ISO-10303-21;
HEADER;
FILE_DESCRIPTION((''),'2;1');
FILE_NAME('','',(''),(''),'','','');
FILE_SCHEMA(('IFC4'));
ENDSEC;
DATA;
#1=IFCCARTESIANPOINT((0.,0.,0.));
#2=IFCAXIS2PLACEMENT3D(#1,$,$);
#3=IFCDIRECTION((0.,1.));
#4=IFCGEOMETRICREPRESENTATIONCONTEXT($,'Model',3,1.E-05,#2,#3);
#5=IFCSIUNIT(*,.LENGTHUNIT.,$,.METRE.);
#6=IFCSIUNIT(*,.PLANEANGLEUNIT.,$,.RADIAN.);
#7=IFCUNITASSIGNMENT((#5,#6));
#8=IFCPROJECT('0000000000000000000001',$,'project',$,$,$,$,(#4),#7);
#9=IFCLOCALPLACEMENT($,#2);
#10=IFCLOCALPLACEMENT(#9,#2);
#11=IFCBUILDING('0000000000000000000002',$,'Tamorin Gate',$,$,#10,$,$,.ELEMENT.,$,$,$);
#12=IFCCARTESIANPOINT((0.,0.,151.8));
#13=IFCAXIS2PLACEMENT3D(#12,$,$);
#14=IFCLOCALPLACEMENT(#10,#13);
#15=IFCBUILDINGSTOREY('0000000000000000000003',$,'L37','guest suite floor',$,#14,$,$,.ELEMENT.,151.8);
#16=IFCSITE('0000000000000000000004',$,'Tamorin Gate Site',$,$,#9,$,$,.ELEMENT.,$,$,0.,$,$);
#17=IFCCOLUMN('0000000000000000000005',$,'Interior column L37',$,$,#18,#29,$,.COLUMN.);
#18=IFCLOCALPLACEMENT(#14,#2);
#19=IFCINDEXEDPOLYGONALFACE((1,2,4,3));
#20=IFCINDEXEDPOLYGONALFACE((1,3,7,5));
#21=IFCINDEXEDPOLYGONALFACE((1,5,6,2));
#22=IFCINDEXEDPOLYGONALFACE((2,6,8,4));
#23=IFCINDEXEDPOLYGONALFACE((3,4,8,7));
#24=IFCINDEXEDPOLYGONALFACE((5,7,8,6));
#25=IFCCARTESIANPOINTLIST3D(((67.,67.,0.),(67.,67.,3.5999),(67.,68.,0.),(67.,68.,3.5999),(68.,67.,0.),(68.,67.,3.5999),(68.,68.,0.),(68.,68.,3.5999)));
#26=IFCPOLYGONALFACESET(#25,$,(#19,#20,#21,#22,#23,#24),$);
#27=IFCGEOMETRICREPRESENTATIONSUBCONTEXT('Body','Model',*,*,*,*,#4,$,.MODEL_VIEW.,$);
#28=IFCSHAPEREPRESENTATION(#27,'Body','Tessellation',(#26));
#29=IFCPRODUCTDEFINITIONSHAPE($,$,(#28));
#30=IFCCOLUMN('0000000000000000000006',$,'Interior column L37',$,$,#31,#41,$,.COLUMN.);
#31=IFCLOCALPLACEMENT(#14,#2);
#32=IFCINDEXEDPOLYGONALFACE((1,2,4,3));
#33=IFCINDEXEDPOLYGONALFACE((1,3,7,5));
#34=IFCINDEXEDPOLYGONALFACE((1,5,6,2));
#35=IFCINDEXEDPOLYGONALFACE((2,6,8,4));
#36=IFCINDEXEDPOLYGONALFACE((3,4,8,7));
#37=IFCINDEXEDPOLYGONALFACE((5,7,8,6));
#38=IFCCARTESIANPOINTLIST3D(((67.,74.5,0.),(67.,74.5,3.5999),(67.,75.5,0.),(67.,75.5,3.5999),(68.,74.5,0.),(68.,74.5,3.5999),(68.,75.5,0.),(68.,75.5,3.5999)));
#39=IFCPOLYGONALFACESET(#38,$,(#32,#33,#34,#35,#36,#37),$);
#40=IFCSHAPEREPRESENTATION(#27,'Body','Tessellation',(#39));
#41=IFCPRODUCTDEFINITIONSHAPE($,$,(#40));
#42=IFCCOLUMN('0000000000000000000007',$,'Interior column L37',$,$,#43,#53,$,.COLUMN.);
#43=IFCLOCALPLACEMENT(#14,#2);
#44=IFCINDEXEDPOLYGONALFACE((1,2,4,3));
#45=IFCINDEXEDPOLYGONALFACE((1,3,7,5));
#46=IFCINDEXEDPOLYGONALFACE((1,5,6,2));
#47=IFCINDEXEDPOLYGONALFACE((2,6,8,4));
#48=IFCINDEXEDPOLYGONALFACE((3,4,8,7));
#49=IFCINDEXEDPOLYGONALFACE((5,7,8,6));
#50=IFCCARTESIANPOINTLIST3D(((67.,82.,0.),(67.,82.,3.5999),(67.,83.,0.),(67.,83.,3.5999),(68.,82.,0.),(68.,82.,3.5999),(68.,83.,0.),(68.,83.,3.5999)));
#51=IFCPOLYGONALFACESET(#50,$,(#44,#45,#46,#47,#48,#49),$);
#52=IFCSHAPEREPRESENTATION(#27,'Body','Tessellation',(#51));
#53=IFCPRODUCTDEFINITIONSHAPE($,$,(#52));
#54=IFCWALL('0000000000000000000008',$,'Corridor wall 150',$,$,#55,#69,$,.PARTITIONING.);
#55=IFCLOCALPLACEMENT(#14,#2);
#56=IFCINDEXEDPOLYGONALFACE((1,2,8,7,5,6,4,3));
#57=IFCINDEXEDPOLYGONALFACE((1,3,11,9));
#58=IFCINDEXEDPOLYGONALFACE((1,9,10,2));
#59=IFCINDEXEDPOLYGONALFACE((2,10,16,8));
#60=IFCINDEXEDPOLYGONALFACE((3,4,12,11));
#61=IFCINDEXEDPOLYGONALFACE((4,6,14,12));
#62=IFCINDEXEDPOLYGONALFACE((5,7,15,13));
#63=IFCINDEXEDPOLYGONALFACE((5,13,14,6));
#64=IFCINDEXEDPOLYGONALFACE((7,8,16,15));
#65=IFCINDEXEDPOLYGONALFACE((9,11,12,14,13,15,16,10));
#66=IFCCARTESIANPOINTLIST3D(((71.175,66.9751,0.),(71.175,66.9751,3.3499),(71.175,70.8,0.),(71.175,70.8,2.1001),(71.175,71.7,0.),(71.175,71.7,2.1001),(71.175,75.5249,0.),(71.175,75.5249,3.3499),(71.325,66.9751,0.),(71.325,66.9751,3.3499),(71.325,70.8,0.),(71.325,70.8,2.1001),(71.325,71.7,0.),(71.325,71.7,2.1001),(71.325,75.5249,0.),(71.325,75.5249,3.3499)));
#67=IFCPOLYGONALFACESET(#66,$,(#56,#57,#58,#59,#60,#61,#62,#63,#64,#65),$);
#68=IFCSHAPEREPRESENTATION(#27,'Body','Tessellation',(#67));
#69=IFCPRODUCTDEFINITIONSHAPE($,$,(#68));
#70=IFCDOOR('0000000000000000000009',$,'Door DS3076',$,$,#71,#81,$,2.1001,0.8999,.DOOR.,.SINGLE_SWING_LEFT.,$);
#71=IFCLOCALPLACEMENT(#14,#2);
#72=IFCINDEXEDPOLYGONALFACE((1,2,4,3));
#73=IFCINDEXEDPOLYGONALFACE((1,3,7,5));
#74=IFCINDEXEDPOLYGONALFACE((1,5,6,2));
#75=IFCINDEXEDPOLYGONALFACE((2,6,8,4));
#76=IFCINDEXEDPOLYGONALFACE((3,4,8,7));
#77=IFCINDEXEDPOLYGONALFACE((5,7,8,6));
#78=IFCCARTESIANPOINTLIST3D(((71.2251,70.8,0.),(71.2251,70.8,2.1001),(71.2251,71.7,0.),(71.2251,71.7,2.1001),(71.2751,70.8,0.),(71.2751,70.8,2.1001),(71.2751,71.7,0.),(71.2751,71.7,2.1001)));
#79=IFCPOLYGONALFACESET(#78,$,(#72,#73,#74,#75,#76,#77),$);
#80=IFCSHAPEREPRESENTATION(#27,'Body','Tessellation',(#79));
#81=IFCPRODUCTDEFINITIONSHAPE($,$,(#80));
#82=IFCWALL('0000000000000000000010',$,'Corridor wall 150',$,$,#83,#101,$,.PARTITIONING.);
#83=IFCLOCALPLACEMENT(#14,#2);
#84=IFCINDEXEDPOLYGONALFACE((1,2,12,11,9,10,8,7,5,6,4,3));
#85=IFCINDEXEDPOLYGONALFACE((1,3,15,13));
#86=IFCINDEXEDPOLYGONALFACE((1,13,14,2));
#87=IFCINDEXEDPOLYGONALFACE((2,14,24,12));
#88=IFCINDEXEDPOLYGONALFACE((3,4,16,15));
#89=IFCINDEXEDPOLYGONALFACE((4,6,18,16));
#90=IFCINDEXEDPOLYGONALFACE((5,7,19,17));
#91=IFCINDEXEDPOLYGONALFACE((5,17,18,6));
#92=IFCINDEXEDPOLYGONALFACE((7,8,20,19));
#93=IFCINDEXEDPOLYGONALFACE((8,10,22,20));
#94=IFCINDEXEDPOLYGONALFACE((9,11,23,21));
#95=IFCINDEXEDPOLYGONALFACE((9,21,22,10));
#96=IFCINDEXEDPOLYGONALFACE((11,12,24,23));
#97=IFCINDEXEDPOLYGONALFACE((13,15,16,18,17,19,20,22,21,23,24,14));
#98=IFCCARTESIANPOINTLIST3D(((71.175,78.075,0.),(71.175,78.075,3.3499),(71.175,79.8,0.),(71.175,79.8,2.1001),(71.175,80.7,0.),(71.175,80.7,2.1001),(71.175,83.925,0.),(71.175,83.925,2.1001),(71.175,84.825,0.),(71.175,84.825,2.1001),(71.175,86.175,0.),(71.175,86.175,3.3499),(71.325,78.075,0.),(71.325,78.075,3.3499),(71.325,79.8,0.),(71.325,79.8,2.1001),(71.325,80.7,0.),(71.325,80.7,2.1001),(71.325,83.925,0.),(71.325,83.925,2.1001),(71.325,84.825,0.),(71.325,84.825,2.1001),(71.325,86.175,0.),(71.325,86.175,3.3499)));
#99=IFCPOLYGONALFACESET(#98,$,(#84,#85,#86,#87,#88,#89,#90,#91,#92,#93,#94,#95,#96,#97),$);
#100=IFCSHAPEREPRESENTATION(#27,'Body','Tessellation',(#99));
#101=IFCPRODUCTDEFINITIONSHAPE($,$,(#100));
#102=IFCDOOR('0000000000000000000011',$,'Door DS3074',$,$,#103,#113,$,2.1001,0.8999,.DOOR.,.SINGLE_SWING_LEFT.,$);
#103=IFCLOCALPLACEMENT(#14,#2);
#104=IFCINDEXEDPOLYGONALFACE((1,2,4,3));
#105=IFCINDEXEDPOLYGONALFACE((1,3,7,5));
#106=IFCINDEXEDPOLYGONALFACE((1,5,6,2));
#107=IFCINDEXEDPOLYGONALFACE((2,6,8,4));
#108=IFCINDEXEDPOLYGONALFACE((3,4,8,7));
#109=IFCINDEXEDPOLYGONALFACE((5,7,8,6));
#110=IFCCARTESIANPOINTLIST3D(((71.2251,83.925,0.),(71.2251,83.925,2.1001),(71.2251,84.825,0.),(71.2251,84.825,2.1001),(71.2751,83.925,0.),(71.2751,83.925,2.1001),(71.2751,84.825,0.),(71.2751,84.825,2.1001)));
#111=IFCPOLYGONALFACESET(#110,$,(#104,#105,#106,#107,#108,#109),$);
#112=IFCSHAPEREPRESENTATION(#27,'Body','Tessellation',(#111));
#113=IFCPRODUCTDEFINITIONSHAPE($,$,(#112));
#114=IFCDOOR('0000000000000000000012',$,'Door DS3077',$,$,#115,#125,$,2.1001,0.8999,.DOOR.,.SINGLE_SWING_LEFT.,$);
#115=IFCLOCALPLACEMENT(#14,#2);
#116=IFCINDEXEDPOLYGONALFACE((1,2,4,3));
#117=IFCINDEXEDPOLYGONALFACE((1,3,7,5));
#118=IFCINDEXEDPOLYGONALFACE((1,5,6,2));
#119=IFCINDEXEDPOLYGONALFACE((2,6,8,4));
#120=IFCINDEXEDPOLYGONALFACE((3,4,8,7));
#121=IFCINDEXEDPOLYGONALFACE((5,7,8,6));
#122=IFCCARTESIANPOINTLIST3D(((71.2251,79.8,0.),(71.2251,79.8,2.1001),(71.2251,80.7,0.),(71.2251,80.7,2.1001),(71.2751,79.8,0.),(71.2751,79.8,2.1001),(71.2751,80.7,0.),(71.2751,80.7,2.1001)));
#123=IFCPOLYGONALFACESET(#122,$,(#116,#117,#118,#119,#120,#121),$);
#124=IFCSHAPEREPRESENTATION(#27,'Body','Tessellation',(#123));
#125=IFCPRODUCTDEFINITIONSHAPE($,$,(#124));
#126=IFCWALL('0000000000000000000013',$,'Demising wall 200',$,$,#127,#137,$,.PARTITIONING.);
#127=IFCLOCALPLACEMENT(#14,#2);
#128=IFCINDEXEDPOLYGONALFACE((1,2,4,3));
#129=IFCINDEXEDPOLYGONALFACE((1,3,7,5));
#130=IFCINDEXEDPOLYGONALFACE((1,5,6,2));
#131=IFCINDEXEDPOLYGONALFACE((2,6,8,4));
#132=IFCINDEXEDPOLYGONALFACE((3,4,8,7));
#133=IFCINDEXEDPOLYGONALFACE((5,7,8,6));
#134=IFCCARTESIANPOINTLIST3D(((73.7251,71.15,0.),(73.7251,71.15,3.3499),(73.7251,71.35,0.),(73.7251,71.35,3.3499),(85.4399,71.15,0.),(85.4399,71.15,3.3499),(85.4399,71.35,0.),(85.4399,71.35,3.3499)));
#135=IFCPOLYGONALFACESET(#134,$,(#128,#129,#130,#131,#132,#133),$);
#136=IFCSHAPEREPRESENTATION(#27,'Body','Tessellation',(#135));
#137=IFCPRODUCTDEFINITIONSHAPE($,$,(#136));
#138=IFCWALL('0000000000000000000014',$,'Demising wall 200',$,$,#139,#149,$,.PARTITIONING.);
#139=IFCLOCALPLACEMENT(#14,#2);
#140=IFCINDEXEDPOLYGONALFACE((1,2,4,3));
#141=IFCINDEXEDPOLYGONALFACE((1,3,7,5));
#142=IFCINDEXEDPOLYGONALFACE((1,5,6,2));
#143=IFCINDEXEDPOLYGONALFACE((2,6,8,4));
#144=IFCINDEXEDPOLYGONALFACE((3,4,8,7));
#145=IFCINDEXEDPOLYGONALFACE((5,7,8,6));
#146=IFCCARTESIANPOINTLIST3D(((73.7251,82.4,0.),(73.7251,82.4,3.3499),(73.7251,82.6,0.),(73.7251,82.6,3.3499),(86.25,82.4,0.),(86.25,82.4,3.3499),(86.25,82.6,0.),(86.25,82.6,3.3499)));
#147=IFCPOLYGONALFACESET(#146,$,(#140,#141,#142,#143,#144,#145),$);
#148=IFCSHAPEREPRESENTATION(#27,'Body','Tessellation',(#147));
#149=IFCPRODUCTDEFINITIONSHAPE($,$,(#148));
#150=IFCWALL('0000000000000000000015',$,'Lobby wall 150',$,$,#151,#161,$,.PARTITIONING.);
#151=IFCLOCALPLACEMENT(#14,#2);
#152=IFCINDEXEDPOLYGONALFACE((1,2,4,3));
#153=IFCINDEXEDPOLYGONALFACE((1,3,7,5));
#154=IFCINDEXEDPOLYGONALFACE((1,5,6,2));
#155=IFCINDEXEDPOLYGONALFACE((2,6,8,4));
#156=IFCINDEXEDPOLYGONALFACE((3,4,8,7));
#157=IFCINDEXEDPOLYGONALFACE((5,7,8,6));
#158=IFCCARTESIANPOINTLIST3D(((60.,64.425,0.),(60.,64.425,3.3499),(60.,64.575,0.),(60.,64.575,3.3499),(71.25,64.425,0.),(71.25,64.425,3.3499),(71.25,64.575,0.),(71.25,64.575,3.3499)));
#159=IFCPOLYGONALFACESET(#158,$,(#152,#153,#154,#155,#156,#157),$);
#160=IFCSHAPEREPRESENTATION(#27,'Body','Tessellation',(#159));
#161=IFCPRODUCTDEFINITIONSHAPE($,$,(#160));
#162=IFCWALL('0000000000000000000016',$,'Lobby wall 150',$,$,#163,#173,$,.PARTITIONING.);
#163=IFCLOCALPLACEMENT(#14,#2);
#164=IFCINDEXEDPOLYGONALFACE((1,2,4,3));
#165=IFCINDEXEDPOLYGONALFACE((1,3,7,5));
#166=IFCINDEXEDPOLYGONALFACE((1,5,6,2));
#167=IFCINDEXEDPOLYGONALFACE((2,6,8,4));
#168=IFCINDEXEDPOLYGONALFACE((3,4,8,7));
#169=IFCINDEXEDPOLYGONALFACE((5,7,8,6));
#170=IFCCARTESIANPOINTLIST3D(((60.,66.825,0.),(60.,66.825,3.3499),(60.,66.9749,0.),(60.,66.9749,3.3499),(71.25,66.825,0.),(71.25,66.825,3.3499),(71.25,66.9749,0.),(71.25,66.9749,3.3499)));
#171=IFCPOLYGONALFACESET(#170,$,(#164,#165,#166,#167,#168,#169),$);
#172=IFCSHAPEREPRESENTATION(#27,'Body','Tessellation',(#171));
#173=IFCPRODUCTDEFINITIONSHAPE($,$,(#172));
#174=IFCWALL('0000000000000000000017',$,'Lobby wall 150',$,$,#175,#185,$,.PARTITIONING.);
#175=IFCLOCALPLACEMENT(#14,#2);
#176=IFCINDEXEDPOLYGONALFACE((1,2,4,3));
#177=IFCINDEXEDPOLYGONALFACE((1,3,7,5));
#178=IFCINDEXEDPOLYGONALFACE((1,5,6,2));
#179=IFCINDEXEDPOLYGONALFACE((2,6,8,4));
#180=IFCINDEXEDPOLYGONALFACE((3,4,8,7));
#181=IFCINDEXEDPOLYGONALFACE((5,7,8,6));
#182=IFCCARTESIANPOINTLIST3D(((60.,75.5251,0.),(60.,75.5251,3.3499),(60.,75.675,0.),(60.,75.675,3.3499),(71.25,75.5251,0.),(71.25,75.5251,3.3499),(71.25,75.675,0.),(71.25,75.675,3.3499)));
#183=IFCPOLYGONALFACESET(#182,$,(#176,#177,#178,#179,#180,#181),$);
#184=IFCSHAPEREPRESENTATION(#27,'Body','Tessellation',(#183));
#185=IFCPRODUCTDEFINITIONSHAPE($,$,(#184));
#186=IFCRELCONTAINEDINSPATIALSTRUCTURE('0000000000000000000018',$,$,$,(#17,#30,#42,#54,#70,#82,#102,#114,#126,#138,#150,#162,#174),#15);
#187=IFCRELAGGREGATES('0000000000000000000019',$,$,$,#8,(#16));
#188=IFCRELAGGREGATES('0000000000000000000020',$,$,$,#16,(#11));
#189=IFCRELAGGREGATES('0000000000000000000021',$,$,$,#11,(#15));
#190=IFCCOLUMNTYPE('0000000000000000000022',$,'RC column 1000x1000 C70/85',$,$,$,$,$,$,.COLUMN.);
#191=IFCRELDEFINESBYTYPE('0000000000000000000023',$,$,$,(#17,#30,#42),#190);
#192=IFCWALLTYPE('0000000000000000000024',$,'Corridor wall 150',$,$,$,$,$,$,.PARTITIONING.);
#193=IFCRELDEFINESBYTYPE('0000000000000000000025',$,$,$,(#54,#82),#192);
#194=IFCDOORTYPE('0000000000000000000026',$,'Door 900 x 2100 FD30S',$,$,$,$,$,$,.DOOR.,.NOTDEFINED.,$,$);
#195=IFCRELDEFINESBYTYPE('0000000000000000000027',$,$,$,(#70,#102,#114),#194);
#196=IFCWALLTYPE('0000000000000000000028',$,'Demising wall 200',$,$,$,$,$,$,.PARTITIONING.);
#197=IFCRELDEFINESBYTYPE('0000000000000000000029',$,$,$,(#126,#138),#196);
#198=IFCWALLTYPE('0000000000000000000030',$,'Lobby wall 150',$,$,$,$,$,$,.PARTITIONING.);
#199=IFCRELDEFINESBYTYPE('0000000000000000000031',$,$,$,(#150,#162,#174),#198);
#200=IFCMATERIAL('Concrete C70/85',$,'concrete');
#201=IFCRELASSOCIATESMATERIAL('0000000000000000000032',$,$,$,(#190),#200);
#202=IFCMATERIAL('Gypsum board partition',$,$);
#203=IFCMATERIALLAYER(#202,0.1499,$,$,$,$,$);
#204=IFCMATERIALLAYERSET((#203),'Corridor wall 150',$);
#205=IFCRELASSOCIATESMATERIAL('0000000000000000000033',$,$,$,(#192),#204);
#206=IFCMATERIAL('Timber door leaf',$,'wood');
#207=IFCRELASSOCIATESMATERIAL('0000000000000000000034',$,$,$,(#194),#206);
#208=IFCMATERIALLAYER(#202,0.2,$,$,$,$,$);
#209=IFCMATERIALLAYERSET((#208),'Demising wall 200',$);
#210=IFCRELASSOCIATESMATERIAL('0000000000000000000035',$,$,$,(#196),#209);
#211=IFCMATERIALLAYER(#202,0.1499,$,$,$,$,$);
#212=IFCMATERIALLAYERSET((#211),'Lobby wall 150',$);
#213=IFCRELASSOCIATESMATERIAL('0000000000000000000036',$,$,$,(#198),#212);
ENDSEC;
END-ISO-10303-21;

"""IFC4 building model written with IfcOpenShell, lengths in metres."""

from ifc_helpers import new_model, si_unit, direction, frame, frame_2d, origin, origin_2d, place, context, subcontext, project, spatial, rectangle, extrude, material, layer, layer_set, material_profile, profile_set, type_object, element, fill, save


model = new_model("IFC4")

# Units and contexts
model_context = context("Model", 3, precision=1e-05, world=origin(), true_north=direction((0.0, 1.0)))
body_context = subcontext(model_context, "Body", "Model", "MODEL_VIEW")
ifc_project = project(units=[si_unit("LENGTHUNIT", "METRE"), si_unit("PLANEANGLEUNIT", "RADIAN")], contexts=[model_context])

# Site, building, storey
site_placement = place(None, origin())
site = spatial("IfcSite", under=ifc_project, at=site_placement, Name="Tamorin Gate Site", CompositionType="ELEMENT", RefElevation=0.0)
building_placement = place(site_placement, origin())
building = spatial("IfcBuilding", under=site, at=building_placement, Name="Tamorin Gate", CompositionType="ELEMENT")
storey_placement = place(building_placement, frame((0.0, 0.0, 151.8)))
storey = spatial("IfcBuildingStorey", under=building, at=storey_placement, Name="L37", Description="guest suite floor", CompositionType="ELEMENT", Elevation=151.8)

# Columns
ifc_material_1 = material(Name="Concrete C70/85", Category="concrete")
ifc_material_profile = material_profile(ifc_material_1, rectangle(XDim=1.0, YDim=1.0, at=origin_2d()), Name="RC 1000x1000")
ifc_profile_set = profile_set([ifc_material_profile], Name="Concrete C70/85")
column_type = type_object("IfcColumnType", Name="RC column 1000x1000 C70/85", PredefinedType="COLUMN", material=ifc_profile_set)
for number, where, z_axis, x_axis, name in (
    (1, (67.5, 67.5, 0.0), (0.0, 0.0, 1.0), (1.0, 0.0, 0.0), "Interior column L37"),
    (2, (67.5, 75.0, 0.0), (0.0, 0.0, 1.0), (1.0, 0.0, 0.0), "Interior column L37"),
    (3, (67.5, 82.5, 0.0), (0.0, 0.0, 1.0), (1.0, 0.0, 0.0), "Interior column L37"),
):
    element("IfcColumn", number, at=place(storey_placement, frame(where, z_axis=z_axis, x_axis=x_axis)), inside=storey, type_object=column_type, Name=name, PredefinedType="COLUMN", context=body_context, shape_type="SweptSolid", body=[
        extrude(rectangle(XDim=1.0, YDim=1.0, at=origin_2d()), origin(), (0.0, 0.0, 1.0), 3.5999),
    ])

# Wall, opening, door
ifc_material_2 = material(Name="Gypsum board partition")
ifc_layer_1 = layer(ifc_material_2, 0.1499)
ifc_layer_set_1 = layer_set([ifc_layer_1], Name="Corridor wall 150")
wall_type_1 = type_object("IfcWallType", Name="Corridor wall 150", PredefinedType="PARTITIONING", material=ifc_layer_set_1)
wall_1_placement = place(storey_placement, frame((71.25, 66.9751, 0.0), z_axis=(0.0, 0.0, 1.0), x_axis=(0.0, 1.0, 0.0)))
wall_1 = element("IfcWall", 4, at=wall_1_placement, inside=storey, type_object=wall_type_1, Name="Corridor wall 150", PredefinedType="PARTITIONING", context=body_context, shape_type="SweptSolid", body=[
    extrude(rectangle(XDim=8.5498, YDim=0.1499, at=frame_2d((4.2749, 0.0))), origin(), (0.0, 0.0, 1.0), 3.3499),
])
opening_1_placement = place(wall_1_placement, frame((3.825, 0.0, 0.0)))
opening_1 = element("IfcOpeningElement", 5, at=opening_1_placement, cuts=wall_1, PredefinedType="OPENING", context=body_context, shape_type="SweptSolid", body=[
    extrude(rectangle(XDim=0.8999, YDim=2.1001, at=frame_2d((0.45, 1.05))), frame((0.0, 0.085, 0.0), z_axis=(0.0, -1.0, 0.0), x_axis=(1.0, 0.0, 0.0)), (0.0, 0.0, 1.0), 0.1699),
])
ifc_material_3 = material(Name="Timber door leaf", Category="wood")
door_type_1 = type_object("IfcDoorType", Name="Door 900 x 2100 FD30S", OperationType="NOTDEFINED", PredefinedType="DOOR", material=ifc_material_3)
door_1_placement = place(opening_1_placement, origin())
door_1 = element("IfcDoor", 6, at=door_1_placement, inside=storey, type_object=door_type_1, Name="Door DS3076", OperationType="SINGLE_SWING_LEFT", OverallHeight=2.1001, OverallWidth=0.8999, PredefinedType="DOOR", context=body_context, shape_type="SweptSolid", body=[
    extrude(rectangle(XDim=0.8999, YDim=2.1001, at=frame_2d((0.45, 1.05))), frame((0.0, 0.0249, 0.0), z_axis=(0.0, -1.0, 0.0), x_axis=(1.0, 0.0, 0.0)), (0.0, 0.0, 1.0), 0.05),
])
fill(opening_1, door_1)

# Wall, openings, doors
wall_2_placement = place(storey_placement, frame((71.25, 78.075, 0.0), z_axis=(0.0, 0.0, 1.0), x_axis=(0.0, 1.0, 0.0)))
wall_2 = element("IfcWall", 7, at=wall_2_placement, inside=storey, type_object=wall_type_1, Name="Corridor wall 150", PredefinedType="PARTITIONING", context=body_context, shape_type="SweptSolid", body=[
    extrude(rectangle(XDim=8.1001, YDim=0.1499, at=frame_2d((4.05, 0.0))), origin(), (0.0, 0.0, 1.0), 3.3499),
])
opening_2_placement = place(wall_2_placement, frame((5.8501, 0.0, 0.0)))
opening_2 = element("IfcOpeningElement", 8, at=opening_2_placement, cuts=wall_2, PredefinedType="OPENING", context=body_context, shape_type="SweptSolid", body=[
    extrude(rectangle(XDim=0.8999, YDim=2.1001, at=frame_2d((0.45, 1.05))), frame((0.0, 0.085, 0.0), z_axis=(0.0, -1.0, 0.0), x_axis=(1.0, 0.0, 0.0)), (0.0, 0.0, 1.0), 0.1699),
])
opening_3_placement = place(wall_2_placement, frame((1.7251, 0.0, 0.0)))
opening_3 = element("IfcOpeningElement", 9, at=opening_3_placement, cuts=wall_2, PredefinedType="OPENING", context=body_context, shape_type="SweptSolid", body=[
    extrude(rectangle(XDim=0.8999, YDim=2.1001, at=frame_2d((0.45, 1.05))), frame((0.0, 0.085, 0.0), z_axis=(0.0, -1.0, 0.0), x_axis=(1.0, 0.0, 0.0)), (0.0, 0.0, 1.0), 0.1699),
])
door_2_placement = place(opening_2_placement, origin())
door_2 = element("IfcDoor", 10, at=door_2_placement, inside=storey, type_object=door_type_1, Name="Door DS3074", OperationType="SINGLE_SWING_LEFT", OverallHeight=2.1001, OverallWidth=0.8999, PredefinedType="DOOR", context=body_context, shape_type="SweptSolid", body=[
    extrude(rectangle(XDim=0.8999, YDim=2.1001, at=frame_2d((0.45, 1.05))), frame((0.0, 0.0249, 0.0), z_axis=(0.0, -1.0, 0.0), x_axis=(1.0, 0.0, 0.0)), (0.0, 0.0, 1.0), 0.05),
])
fill(opening_2, door_2)
door_3_placement = place(opening_3_placement, origin())
door_3 = element("IfcDoor", 11, at=door_3_placement, inside=storey, type_object=door_type_1, Name="Door DS3077", OperationType="SINGLE_SWING_LEFT", OverallHeight=2.1001, OverallWidth=0.8999, PredefinedType="DOOR", context=body_context, shape_type="SweptSolid", body=[
    extrude(rectangle(XDim=0.8999, YDim=2.1001, at=frame_2d((0.45, 1.05))), frame((0.0, 0.0249, 0.0), z_axis=(0.0, -1.0, 0.0), x_axis=(1.0, 0.0, 0.0)), (0.0, 0.0, 1.0), 0.05),
])
fill(opening_3, door_3)

# Walls
ifc_layer_2 = layer(ifc_material_2, 0.2)
ifc_layer_set_2 = layer_set([ifc_layer_2], Name="Demising wall 200")
wall_type_2 = type_object("IfcWallType", Name="Demising wall 200", PredefinedType="PARTITIONING", material=ifc_layer_set_2)
wall_3_placement = place(storey_placement, frame((73.7251, 71.25, 0.0), z_axis=(0.0, 0.0, 1.0), x_axis=(1.0, 0.0, 0.0)))
element("IfcWall", 12, at=wall_3_placement, inside=storey, type_object=wall_type_2, Name="Demising wall 200", PredefinedType="PARTITIONING", context=body_context, shape_type="SweptSolid", body=[
    extrude(rectangle(XDim=11.7148, YDim=0.2, at=frame_2d((5.8574, 0.0))), origin(), (0.0, 0.0, 1.0), 3.3499),
])
wall_4_placement = place(storey_placement, frame((73.7251, 82.5, 0.0), z_axis=(0.0, 0.0, 1.0), x_axis=(1.0, 0.0, 0.0)))
element("IfcWall", 13, at=wall_4_placement, inside=storey, type_object=wall_type_2, Name="Demising wall 200", PredefinedType="PARTITIONING", context=body_context, shape_type="SweptSolid", body=[
    extrude(rectangle(XDim=12.5249, YDim=0.2, at=frame_2d((6.2625, 0.0))), origin(), (0.0, 0.0, 1.0), 3.3499),
])
ifc_layer_3 = layer(ifc_material_2, 0.1499)
ifc_layer_set_3 = layer_set([ifc_layer_3], Name="Lobby wall 150")
wall_type_3 = type_object("IfcWallType", Name="Lobby wall 150", PredefinedType="PARTITIONING", material=ifc_layer_set_3)
for number, where, z_axis, x_axis, name in (
    (14, (60.0, 64.5, 0.0), (0.0, 0.0, 1.0), (1.0, 0.0, 0.0), "Lobby wall 150"),
    (15, (60.0, 66.8999, 0.0), (0.0, 0.0, 1.0), (1.0, 0.0, 0.0), "Lobby wall 150"),
    (16, (60.0, 75.6001, 0.0), (0.0, 0.0, 1.0), (1.0, 0.0, 0.0), "Lobby wall 150"),
):
    element("IfcWall", number, at=place(storey_placement, frame(where, z_axis=z_axis, x_axis=x_axis)), inside=storey, type_object=wall_type_3, Name=name, PredefinedType="PARTITIONING", context=body_context, shape_type="SweptSolid", body=[
        extrude(rectangle(XDim=11.25, YDim=0.1499, at=frame_2d((5.625, 0.0))), origin(), (0.0, 0.0, 1.0), 3.3499),
    ])

save(model, "model.ifc")
